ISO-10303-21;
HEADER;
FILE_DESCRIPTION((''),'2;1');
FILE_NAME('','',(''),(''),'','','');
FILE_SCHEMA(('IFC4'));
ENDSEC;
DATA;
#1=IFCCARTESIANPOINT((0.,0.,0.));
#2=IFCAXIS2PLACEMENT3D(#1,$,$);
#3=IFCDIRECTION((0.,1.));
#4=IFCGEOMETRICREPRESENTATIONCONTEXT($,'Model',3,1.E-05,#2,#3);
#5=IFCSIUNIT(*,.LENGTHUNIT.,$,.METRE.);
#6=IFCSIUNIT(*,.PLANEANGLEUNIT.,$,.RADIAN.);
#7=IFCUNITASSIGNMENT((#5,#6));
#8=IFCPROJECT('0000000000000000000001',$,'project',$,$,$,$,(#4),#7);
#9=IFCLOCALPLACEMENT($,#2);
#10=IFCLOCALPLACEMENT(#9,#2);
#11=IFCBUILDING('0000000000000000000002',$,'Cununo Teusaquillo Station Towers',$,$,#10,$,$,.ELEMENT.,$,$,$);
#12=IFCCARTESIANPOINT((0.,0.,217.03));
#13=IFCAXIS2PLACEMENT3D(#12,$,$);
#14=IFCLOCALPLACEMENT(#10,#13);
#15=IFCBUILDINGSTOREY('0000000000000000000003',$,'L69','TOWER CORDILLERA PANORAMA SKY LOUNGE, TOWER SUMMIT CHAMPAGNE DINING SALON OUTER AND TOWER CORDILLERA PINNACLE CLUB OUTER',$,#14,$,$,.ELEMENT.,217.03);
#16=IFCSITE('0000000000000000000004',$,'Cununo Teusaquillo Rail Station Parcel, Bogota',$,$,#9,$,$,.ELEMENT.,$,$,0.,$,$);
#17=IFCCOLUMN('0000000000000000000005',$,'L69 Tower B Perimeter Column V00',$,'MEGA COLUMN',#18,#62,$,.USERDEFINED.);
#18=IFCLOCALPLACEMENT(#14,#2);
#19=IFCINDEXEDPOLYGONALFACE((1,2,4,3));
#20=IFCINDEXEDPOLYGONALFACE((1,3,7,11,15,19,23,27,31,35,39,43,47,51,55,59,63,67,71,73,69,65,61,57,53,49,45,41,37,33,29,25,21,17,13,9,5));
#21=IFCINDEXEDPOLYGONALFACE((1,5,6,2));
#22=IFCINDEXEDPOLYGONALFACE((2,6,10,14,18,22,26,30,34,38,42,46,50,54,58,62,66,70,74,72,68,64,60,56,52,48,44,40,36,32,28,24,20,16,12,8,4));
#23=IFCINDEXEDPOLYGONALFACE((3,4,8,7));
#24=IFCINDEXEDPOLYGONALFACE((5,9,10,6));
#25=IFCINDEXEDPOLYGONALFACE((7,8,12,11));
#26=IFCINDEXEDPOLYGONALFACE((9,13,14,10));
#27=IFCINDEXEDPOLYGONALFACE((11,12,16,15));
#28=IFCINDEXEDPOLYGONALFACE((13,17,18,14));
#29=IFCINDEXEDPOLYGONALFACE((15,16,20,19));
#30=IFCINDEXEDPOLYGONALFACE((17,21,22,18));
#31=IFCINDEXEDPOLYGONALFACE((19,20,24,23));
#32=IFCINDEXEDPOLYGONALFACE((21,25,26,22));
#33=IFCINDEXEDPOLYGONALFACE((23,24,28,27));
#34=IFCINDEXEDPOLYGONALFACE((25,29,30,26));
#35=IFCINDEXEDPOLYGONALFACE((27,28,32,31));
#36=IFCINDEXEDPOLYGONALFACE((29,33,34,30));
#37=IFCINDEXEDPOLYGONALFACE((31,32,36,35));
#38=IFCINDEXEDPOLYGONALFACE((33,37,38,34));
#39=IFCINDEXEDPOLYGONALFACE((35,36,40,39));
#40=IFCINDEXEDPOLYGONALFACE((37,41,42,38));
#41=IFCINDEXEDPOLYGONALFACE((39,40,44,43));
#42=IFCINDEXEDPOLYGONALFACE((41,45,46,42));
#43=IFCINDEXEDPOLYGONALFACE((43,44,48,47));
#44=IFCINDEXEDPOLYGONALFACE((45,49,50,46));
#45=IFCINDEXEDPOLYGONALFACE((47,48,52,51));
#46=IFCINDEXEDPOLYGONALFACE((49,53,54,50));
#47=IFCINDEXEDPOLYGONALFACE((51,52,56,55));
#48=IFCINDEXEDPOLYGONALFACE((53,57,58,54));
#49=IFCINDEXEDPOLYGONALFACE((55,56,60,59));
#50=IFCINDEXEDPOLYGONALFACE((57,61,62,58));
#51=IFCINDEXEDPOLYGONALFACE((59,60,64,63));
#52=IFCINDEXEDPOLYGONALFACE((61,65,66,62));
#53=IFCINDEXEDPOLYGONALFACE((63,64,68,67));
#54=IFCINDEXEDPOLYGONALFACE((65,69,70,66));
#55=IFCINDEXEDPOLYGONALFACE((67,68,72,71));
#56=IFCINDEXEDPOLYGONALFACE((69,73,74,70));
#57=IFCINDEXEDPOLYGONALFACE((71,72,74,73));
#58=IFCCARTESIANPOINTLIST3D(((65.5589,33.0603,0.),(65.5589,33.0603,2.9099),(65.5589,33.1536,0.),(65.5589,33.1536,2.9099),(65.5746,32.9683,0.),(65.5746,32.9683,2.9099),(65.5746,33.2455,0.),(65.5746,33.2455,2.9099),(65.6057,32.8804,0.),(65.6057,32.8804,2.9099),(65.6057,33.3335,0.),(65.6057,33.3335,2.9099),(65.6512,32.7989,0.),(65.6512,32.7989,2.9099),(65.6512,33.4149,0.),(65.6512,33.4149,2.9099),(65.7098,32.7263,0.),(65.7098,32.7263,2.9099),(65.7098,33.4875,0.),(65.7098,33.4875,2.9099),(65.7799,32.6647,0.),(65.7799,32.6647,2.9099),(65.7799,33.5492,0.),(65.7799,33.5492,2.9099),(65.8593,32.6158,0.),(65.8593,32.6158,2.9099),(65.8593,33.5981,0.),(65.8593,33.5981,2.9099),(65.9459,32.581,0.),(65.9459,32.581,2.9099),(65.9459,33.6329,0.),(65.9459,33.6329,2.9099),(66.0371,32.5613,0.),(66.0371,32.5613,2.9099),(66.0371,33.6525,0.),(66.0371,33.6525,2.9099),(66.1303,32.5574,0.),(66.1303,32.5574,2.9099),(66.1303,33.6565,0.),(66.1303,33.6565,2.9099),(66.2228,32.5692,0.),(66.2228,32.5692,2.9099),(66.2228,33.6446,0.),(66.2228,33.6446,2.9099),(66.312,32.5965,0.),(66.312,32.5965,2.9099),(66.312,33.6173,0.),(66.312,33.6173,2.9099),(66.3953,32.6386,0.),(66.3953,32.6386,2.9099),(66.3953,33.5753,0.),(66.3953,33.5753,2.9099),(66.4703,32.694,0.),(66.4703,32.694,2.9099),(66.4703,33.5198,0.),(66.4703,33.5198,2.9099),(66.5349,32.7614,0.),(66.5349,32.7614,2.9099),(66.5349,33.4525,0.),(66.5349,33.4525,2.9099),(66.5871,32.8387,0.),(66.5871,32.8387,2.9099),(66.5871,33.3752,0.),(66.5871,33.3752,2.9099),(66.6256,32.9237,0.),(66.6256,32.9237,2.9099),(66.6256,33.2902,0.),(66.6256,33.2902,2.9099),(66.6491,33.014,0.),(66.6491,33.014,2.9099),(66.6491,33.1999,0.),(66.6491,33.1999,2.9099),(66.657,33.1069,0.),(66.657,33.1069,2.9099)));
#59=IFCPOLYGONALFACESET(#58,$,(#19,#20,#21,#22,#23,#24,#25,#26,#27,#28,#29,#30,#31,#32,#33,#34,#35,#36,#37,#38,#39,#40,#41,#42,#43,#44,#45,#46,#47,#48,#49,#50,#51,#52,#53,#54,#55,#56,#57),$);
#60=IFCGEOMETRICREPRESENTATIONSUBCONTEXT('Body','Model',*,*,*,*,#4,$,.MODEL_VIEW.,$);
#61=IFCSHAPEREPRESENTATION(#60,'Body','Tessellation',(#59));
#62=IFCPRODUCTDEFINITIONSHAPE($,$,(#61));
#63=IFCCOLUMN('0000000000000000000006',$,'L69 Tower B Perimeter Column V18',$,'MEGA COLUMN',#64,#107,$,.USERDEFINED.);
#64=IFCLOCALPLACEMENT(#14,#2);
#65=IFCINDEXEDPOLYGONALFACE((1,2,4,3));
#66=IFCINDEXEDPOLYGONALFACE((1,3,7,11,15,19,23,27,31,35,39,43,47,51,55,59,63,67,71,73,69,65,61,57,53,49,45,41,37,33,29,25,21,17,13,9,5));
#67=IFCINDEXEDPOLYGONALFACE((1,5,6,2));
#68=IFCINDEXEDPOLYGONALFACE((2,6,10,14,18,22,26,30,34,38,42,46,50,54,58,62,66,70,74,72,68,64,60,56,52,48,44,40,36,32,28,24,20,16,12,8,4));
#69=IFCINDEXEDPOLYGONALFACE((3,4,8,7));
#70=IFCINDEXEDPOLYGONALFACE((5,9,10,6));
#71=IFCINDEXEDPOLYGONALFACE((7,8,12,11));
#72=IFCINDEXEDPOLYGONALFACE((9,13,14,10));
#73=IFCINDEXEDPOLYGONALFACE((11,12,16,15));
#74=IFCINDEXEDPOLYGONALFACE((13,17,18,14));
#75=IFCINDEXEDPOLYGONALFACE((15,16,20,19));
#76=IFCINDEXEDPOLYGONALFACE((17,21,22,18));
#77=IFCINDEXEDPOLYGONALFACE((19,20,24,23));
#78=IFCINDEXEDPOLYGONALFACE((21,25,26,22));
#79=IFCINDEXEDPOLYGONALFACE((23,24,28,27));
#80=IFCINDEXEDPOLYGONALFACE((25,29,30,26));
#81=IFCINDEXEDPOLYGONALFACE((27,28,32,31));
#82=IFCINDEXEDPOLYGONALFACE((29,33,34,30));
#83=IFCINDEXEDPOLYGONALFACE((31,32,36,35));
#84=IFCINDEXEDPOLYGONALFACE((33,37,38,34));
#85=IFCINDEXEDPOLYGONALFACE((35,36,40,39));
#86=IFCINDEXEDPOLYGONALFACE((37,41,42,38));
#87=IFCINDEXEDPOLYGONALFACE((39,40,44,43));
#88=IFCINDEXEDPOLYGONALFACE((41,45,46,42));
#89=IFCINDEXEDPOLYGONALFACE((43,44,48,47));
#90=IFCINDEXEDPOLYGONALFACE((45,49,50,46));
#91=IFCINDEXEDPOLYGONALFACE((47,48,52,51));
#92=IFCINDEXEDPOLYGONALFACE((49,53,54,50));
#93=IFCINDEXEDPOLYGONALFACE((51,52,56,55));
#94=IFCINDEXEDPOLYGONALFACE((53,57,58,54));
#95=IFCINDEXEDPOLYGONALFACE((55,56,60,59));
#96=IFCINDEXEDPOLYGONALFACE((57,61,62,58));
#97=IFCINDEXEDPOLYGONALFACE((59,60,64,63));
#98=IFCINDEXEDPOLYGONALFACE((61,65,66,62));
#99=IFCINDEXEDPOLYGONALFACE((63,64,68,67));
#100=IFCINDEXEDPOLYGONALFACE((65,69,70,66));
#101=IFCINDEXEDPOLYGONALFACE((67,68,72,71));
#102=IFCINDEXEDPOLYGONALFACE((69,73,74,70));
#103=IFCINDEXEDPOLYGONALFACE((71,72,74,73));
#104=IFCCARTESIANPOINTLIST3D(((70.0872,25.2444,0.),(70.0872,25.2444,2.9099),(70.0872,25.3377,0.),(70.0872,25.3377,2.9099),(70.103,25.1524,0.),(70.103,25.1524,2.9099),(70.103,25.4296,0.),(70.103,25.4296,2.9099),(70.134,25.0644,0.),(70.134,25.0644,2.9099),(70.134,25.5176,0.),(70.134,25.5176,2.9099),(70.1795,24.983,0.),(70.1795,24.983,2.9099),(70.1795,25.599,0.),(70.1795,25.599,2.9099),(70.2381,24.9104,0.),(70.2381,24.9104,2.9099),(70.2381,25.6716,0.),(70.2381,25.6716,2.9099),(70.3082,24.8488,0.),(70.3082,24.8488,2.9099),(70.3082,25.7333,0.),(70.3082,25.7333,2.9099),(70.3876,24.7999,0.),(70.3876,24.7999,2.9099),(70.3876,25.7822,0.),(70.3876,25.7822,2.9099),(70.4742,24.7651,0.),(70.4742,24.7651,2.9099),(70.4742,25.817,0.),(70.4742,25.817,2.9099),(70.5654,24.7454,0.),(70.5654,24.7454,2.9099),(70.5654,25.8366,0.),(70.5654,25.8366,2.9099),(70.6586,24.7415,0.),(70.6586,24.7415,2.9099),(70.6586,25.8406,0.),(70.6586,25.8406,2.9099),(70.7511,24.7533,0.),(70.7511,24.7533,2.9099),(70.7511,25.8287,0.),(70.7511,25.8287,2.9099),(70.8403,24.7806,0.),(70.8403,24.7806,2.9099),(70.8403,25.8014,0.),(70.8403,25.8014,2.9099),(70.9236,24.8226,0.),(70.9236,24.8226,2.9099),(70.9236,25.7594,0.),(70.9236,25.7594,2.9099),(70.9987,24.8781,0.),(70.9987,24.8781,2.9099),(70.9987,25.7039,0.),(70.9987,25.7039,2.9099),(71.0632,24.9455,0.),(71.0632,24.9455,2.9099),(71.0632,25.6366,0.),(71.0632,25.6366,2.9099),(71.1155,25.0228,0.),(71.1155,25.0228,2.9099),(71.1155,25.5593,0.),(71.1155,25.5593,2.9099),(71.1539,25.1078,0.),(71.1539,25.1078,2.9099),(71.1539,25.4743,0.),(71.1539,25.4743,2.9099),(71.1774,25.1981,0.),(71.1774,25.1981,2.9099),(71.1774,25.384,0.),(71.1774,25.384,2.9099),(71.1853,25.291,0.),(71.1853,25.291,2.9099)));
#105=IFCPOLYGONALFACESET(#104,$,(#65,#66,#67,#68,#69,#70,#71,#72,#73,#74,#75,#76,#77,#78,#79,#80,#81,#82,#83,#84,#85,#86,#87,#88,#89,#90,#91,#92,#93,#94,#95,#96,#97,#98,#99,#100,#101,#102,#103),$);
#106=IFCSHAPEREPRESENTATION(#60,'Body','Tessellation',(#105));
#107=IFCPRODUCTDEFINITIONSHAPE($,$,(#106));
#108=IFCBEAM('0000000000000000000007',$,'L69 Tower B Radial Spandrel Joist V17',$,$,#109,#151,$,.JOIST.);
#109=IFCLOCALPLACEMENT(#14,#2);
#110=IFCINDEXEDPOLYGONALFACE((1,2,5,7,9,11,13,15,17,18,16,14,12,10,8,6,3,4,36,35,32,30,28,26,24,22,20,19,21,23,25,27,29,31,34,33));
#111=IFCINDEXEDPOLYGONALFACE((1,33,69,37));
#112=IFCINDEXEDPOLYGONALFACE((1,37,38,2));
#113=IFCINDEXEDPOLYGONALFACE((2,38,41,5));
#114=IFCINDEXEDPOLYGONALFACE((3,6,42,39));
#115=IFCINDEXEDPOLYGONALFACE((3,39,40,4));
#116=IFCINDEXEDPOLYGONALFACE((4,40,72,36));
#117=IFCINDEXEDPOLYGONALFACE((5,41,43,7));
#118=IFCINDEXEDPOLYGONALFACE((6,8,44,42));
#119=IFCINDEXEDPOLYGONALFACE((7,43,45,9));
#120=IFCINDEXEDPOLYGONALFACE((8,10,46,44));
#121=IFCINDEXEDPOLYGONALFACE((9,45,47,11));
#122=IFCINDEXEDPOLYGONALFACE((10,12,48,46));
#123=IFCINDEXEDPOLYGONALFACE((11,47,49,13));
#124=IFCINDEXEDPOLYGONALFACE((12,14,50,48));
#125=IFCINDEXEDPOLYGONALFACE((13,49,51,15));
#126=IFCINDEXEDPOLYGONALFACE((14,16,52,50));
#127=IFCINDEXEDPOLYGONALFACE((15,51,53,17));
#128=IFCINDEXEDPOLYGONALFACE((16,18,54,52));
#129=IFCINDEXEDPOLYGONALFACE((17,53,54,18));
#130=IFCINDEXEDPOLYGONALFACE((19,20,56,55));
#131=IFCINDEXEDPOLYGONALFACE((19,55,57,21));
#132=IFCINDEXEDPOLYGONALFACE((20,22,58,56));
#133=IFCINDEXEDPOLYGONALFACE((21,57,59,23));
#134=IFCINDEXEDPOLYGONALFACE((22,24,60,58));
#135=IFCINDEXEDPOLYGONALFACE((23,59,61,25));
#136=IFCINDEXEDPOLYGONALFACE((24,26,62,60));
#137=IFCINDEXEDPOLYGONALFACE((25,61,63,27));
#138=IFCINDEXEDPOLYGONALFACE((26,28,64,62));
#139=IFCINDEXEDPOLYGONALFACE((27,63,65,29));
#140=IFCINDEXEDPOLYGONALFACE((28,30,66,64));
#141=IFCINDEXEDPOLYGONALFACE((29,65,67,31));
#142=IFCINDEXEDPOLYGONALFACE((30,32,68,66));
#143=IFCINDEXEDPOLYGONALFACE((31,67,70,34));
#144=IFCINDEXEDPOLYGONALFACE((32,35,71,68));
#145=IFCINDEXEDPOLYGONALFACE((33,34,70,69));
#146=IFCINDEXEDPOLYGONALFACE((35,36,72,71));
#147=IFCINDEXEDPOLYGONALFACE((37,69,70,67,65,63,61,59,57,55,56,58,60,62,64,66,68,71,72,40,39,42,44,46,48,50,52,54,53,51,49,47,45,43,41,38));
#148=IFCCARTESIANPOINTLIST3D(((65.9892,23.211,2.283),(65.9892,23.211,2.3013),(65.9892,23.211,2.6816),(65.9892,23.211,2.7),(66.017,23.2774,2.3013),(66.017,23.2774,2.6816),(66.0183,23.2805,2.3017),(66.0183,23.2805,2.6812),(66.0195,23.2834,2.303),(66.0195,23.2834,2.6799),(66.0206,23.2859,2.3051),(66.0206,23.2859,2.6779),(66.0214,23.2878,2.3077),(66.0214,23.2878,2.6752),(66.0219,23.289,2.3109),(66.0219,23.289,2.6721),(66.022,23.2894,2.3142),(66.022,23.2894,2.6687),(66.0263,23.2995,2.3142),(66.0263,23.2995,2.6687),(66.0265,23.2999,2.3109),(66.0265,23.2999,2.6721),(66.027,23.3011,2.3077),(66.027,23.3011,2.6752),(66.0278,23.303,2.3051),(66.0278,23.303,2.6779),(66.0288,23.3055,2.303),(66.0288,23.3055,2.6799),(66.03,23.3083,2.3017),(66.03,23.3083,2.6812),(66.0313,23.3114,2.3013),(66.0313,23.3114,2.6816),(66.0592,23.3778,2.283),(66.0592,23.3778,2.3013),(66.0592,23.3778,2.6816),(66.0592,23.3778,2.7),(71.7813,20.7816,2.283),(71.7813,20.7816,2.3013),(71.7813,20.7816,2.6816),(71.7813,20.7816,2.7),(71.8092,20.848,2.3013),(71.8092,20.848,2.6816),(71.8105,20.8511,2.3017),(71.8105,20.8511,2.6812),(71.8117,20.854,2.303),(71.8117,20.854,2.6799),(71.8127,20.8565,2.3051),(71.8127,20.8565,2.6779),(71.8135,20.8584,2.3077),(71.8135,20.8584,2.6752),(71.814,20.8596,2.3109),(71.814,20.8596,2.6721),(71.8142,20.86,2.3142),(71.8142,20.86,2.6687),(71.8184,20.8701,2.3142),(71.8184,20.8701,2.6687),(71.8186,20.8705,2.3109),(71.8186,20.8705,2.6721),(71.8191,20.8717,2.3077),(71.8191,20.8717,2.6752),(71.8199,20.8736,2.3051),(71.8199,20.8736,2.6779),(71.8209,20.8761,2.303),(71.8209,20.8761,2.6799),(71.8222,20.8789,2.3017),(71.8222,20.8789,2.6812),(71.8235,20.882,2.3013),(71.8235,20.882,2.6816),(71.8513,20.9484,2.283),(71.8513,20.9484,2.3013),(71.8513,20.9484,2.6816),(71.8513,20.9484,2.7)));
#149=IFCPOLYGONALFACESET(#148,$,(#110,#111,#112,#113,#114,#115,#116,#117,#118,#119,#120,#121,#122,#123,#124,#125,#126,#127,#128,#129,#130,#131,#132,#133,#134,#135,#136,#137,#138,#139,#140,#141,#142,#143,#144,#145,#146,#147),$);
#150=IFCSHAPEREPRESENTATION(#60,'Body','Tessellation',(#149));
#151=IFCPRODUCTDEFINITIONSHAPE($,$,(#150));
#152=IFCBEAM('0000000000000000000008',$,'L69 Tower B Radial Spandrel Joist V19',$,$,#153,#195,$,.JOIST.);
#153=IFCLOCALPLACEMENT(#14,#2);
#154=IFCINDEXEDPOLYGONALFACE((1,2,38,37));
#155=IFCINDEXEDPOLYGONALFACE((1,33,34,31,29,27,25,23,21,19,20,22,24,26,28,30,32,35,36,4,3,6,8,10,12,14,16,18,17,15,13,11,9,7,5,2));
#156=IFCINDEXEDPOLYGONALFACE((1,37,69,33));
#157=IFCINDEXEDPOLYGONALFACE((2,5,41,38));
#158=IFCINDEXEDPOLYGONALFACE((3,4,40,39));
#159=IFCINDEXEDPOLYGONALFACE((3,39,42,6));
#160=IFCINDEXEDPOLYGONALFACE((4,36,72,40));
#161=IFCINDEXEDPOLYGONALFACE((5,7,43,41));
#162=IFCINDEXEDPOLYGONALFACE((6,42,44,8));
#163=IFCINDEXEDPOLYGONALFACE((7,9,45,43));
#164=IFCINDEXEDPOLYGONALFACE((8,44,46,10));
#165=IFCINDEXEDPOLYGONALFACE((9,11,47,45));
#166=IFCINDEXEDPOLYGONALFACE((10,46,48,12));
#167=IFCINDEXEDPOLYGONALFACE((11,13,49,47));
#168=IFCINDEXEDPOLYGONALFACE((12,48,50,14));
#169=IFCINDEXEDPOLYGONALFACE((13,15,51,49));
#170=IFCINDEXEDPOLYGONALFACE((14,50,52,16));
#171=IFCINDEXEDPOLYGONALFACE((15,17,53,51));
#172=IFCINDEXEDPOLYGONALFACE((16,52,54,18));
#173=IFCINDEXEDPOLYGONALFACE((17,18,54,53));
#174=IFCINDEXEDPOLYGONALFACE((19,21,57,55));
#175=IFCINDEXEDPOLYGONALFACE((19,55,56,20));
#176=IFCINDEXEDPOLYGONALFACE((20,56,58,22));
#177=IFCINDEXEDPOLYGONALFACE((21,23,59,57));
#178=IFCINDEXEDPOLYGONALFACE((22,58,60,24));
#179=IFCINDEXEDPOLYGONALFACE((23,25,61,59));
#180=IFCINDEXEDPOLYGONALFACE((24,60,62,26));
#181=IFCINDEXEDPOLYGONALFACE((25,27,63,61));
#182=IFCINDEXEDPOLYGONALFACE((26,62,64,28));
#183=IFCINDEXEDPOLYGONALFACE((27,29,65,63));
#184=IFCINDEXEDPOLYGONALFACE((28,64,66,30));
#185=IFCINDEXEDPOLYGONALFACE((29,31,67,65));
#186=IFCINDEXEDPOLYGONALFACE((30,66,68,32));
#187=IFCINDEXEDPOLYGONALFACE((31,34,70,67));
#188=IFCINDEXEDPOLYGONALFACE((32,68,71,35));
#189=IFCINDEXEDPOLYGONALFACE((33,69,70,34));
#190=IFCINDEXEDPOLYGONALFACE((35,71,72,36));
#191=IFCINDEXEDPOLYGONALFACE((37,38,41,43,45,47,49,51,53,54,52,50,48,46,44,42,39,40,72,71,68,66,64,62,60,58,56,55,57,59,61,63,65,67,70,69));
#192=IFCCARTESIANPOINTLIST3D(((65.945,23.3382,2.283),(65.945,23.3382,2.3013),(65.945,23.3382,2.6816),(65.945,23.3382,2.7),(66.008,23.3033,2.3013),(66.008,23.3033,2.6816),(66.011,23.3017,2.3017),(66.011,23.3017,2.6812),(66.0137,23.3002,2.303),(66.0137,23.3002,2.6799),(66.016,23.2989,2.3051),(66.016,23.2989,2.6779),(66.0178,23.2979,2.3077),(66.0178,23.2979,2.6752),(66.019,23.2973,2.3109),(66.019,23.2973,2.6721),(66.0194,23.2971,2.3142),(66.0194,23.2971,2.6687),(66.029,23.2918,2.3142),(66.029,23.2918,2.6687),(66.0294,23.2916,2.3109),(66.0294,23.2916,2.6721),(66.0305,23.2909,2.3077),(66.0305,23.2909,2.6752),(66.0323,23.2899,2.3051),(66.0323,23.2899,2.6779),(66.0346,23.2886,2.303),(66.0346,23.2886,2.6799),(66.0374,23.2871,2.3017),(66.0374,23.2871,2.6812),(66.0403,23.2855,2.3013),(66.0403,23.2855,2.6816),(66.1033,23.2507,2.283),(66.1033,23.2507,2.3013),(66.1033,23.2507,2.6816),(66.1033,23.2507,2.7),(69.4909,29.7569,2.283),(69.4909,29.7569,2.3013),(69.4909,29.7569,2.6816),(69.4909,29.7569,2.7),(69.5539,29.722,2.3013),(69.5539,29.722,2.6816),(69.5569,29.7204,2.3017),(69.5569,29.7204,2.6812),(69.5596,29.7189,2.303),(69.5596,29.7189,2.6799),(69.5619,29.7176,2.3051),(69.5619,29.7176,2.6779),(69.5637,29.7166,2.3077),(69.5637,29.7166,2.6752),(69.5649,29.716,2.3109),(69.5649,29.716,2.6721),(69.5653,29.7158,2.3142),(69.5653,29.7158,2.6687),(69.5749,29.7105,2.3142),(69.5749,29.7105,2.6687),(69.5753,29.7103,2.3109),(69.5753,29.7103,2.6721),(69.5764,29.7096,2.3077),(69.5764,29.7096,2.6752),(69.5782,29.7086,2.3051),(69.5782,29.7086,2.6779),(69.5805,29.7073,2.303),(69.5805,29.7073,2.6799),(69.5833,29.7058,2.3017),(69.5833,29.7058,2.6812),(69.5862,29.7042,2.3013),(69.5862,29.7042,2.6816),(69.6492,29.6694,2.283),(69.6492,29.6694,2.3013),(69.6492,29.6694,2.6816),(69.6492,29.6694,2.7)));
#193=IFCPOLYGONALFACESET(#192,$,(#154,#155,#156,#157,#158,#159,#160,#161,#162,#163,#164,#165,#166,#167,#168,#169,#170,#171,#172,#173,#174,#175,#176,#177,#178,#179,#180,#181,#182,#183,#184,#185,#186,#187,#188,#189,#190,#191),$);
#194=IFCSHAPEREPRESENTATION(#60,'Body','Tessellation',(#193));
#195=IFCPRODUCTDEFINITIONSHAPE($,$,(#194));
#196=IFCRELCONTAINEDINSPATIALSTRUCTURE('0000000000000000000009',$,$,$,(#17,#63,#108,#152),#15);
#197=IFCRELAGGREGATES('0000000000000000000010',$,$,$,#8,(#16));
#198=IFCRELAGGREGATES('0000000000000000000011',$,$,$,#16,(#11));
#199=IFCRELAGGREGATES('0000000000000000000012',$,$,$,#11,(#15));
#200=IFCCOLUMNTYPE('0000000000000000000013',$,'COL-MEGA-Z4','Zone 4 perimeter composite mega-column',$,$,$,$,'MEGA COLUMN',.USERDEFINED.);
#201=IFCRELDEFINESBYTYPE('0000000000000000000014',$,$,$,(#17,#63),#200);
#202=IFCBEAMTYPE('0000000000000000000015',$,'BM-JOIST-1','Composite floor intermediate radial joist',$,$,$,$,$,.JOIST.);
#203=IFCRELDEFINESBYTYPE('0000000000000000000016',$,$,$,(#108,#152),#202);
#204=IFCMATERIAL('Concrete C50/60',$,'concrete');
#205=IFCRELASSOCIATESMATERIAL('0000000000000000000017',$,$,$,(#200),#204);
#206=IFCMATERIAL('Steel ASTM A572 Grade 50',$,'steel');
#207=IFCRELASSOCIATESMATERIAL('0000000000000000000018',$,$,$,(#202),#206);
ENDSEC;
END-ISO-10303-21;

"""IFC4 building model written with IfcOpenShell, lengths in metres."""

from ifc_helpers import new_model, si_unit, direction, frame, origin, origin_2d, place, context, subcontext, project, spatial, circle, i_section, extrude, material, material_profile, profile_set, type_object, element, save


model = new_model("IFC4")

# Units and contexts
model_context = context("Model", 3, precision=1e-05, world=origin(), true_north=direction((0.0, 1.0)))
body_context = subcontext(model_context, "Body", "Model", "MODEL_VIEW")
ifc_project = project(units=[si_unit("LENGTHUNIT", "METRE"), si_unit("PLANEANGLEUNIT", "RADIAN")], contexts=[model_context])

# Site, building, storey
site_placement = place(None, origin())
site = spatial("IfcSite", under=ifc_project, at=site_placement, Name="Cununo Teusaquillo Rail Station Parcel, Bogota", CompositionType="ELEMENT", RefElevation=0.0)
building_placement = place(site_placement, origin())
building = spatial("IfcBuilding", under=site, at=building_placement, Name="Cununo Teusaquillo Station Towers", CompositionType="ELEMENT")
storey_placement = place(building_placement, frame((0.0, 0.0, 217.03)))
storey = spatial("IfcBuildingStorey", under=building, at=storey_placement, Name="L69", Description="TOWER CORDILLERA PANORAMA SKY LOUNGE, TOWER SUMMIT CHAMPAGNE DINING SALON OUTER AND TOWER CORDILLERA PINNACLE CLUB OUTER", CompositionType="ELEMENT", Elevation=217.03)

# Columns
ifc_material_1 = material(Name="Concrete C50/60", Category="concrete")
ifc_material_profile_1 = material_profile(ifc_material_1, circle(Radius=0.55, at=origin_2d()), Name="RC-CIRC-1100")
ifc_profile_set_1 = profile_set([ifc_material_profile_1], Name="Concrete C50/60")
column_type = type_object("IfcColumnType", Name="COL-MEGA-Z4", Description="Zone 4 perimeter composite mega-column", ElementType="MEGA COLUMN", PredefinedType="USERDEFINED", material=ifc_profile_set_1)
for number, where, z_axis, x_axis, name in (
    (1, (66.1069, 33.1069, 0.0), (0.0, 0.0, 1.0), (1.0, 0.0, 0.0), "L69 Tower B Perimeter Column V00"),
    (2, (70.6353, 25.291, 0.0), (0.0, 0.0, 1.0), (1.0, 0.0, 0.0), "L69 Tower B Perimeter Column V18"),
):
    element("IfcColumn", number, at=place(storey_placement, frame(where, z_axis=z_axis, x_axis=x_axis)), inside=storey, type_object=column_type, Name=name, ObjectType="MEGA COLUMN", PredefinedType="USERDEFINED", context=body_context, shape_type="SweptSolid", body=[
        extrude(circle(Radius=0.55, at=origin_2d()), origin(), (0.0, 0.0, 1.0), 2.9099),
    ])

# Beams
ifc_material_2 = material(Name="Steel ASTM A572 Grade 50", Category="steel")
ifc_material_profile_2 = material_profile(ifc_material_2, i_section(OverallWidth=0.1809, OverallDepth=0.417, WebThickness=0.011, FlangeThickness=0.0183, FilletRadius=0.0129, at=origin_2d()), Name="W16X57")
ifc_profile_set_2 = profile_set([ifc_material_profile_2], Name="Steel ASTM A572 Grade 50")
beam_type_1 = type_object("IfcBeamType", Name="BM-JOIST-1", Description="Composite floor intermediate radial joist", PredefinedType="JOIST", material=ifc_profile_set_2)
beam_1_placement = place(storey_placement, frame((66.0242, 23.2944, 2.4915), z_axis=(0.922169, -0.386786, 0.0), x_axis=(0.386786, 0.922169, 0.0)))
element("IfcBeam", 3, at=beam_1_placement, inside=storey, type_object=beam_type_1, Name="L69 Tower B Radial Spandrel Joist V17", PredefinedType="JOIST", context=body_context, shape_type="SweptSolid", body=[
    extrude(i_section(OverallWidth=0.1809, OverallDepth=0.417, WebThickness=0.011, FlangeThickness=0.0183, FilletRadius=0.0129, at=origin_2d()), origin(), (0.0, 0.0, 1.0), 6.281),
])
beam_2_placement = place(storey_placement, frame((66.0242, 23.2944, 2.4915), z_axis=(0.483553, 0.875315, 0.0), x_axis=(-0.875315, 0.483553, 0.0)))
element("IfcBeam", 4, at=beam_2_placement, inside=storey, type_object=beam_type_1, Name="L69 Tower B Radial Spandrel Joist V19", PredefinedType="JOIST", context=body_context, shape_type="SweptSolid", body=[
    extrude(i_section(OverallWidth=0.1809, OverallDepth=0.417, WebThickness=0.011, FlangeThickness=0.0183, FilletRadius=0.0129, at=origin_2d()), origin(), (0.0, 0.0, 1.0), 7.333),
])

save(model, "model.ifc")
